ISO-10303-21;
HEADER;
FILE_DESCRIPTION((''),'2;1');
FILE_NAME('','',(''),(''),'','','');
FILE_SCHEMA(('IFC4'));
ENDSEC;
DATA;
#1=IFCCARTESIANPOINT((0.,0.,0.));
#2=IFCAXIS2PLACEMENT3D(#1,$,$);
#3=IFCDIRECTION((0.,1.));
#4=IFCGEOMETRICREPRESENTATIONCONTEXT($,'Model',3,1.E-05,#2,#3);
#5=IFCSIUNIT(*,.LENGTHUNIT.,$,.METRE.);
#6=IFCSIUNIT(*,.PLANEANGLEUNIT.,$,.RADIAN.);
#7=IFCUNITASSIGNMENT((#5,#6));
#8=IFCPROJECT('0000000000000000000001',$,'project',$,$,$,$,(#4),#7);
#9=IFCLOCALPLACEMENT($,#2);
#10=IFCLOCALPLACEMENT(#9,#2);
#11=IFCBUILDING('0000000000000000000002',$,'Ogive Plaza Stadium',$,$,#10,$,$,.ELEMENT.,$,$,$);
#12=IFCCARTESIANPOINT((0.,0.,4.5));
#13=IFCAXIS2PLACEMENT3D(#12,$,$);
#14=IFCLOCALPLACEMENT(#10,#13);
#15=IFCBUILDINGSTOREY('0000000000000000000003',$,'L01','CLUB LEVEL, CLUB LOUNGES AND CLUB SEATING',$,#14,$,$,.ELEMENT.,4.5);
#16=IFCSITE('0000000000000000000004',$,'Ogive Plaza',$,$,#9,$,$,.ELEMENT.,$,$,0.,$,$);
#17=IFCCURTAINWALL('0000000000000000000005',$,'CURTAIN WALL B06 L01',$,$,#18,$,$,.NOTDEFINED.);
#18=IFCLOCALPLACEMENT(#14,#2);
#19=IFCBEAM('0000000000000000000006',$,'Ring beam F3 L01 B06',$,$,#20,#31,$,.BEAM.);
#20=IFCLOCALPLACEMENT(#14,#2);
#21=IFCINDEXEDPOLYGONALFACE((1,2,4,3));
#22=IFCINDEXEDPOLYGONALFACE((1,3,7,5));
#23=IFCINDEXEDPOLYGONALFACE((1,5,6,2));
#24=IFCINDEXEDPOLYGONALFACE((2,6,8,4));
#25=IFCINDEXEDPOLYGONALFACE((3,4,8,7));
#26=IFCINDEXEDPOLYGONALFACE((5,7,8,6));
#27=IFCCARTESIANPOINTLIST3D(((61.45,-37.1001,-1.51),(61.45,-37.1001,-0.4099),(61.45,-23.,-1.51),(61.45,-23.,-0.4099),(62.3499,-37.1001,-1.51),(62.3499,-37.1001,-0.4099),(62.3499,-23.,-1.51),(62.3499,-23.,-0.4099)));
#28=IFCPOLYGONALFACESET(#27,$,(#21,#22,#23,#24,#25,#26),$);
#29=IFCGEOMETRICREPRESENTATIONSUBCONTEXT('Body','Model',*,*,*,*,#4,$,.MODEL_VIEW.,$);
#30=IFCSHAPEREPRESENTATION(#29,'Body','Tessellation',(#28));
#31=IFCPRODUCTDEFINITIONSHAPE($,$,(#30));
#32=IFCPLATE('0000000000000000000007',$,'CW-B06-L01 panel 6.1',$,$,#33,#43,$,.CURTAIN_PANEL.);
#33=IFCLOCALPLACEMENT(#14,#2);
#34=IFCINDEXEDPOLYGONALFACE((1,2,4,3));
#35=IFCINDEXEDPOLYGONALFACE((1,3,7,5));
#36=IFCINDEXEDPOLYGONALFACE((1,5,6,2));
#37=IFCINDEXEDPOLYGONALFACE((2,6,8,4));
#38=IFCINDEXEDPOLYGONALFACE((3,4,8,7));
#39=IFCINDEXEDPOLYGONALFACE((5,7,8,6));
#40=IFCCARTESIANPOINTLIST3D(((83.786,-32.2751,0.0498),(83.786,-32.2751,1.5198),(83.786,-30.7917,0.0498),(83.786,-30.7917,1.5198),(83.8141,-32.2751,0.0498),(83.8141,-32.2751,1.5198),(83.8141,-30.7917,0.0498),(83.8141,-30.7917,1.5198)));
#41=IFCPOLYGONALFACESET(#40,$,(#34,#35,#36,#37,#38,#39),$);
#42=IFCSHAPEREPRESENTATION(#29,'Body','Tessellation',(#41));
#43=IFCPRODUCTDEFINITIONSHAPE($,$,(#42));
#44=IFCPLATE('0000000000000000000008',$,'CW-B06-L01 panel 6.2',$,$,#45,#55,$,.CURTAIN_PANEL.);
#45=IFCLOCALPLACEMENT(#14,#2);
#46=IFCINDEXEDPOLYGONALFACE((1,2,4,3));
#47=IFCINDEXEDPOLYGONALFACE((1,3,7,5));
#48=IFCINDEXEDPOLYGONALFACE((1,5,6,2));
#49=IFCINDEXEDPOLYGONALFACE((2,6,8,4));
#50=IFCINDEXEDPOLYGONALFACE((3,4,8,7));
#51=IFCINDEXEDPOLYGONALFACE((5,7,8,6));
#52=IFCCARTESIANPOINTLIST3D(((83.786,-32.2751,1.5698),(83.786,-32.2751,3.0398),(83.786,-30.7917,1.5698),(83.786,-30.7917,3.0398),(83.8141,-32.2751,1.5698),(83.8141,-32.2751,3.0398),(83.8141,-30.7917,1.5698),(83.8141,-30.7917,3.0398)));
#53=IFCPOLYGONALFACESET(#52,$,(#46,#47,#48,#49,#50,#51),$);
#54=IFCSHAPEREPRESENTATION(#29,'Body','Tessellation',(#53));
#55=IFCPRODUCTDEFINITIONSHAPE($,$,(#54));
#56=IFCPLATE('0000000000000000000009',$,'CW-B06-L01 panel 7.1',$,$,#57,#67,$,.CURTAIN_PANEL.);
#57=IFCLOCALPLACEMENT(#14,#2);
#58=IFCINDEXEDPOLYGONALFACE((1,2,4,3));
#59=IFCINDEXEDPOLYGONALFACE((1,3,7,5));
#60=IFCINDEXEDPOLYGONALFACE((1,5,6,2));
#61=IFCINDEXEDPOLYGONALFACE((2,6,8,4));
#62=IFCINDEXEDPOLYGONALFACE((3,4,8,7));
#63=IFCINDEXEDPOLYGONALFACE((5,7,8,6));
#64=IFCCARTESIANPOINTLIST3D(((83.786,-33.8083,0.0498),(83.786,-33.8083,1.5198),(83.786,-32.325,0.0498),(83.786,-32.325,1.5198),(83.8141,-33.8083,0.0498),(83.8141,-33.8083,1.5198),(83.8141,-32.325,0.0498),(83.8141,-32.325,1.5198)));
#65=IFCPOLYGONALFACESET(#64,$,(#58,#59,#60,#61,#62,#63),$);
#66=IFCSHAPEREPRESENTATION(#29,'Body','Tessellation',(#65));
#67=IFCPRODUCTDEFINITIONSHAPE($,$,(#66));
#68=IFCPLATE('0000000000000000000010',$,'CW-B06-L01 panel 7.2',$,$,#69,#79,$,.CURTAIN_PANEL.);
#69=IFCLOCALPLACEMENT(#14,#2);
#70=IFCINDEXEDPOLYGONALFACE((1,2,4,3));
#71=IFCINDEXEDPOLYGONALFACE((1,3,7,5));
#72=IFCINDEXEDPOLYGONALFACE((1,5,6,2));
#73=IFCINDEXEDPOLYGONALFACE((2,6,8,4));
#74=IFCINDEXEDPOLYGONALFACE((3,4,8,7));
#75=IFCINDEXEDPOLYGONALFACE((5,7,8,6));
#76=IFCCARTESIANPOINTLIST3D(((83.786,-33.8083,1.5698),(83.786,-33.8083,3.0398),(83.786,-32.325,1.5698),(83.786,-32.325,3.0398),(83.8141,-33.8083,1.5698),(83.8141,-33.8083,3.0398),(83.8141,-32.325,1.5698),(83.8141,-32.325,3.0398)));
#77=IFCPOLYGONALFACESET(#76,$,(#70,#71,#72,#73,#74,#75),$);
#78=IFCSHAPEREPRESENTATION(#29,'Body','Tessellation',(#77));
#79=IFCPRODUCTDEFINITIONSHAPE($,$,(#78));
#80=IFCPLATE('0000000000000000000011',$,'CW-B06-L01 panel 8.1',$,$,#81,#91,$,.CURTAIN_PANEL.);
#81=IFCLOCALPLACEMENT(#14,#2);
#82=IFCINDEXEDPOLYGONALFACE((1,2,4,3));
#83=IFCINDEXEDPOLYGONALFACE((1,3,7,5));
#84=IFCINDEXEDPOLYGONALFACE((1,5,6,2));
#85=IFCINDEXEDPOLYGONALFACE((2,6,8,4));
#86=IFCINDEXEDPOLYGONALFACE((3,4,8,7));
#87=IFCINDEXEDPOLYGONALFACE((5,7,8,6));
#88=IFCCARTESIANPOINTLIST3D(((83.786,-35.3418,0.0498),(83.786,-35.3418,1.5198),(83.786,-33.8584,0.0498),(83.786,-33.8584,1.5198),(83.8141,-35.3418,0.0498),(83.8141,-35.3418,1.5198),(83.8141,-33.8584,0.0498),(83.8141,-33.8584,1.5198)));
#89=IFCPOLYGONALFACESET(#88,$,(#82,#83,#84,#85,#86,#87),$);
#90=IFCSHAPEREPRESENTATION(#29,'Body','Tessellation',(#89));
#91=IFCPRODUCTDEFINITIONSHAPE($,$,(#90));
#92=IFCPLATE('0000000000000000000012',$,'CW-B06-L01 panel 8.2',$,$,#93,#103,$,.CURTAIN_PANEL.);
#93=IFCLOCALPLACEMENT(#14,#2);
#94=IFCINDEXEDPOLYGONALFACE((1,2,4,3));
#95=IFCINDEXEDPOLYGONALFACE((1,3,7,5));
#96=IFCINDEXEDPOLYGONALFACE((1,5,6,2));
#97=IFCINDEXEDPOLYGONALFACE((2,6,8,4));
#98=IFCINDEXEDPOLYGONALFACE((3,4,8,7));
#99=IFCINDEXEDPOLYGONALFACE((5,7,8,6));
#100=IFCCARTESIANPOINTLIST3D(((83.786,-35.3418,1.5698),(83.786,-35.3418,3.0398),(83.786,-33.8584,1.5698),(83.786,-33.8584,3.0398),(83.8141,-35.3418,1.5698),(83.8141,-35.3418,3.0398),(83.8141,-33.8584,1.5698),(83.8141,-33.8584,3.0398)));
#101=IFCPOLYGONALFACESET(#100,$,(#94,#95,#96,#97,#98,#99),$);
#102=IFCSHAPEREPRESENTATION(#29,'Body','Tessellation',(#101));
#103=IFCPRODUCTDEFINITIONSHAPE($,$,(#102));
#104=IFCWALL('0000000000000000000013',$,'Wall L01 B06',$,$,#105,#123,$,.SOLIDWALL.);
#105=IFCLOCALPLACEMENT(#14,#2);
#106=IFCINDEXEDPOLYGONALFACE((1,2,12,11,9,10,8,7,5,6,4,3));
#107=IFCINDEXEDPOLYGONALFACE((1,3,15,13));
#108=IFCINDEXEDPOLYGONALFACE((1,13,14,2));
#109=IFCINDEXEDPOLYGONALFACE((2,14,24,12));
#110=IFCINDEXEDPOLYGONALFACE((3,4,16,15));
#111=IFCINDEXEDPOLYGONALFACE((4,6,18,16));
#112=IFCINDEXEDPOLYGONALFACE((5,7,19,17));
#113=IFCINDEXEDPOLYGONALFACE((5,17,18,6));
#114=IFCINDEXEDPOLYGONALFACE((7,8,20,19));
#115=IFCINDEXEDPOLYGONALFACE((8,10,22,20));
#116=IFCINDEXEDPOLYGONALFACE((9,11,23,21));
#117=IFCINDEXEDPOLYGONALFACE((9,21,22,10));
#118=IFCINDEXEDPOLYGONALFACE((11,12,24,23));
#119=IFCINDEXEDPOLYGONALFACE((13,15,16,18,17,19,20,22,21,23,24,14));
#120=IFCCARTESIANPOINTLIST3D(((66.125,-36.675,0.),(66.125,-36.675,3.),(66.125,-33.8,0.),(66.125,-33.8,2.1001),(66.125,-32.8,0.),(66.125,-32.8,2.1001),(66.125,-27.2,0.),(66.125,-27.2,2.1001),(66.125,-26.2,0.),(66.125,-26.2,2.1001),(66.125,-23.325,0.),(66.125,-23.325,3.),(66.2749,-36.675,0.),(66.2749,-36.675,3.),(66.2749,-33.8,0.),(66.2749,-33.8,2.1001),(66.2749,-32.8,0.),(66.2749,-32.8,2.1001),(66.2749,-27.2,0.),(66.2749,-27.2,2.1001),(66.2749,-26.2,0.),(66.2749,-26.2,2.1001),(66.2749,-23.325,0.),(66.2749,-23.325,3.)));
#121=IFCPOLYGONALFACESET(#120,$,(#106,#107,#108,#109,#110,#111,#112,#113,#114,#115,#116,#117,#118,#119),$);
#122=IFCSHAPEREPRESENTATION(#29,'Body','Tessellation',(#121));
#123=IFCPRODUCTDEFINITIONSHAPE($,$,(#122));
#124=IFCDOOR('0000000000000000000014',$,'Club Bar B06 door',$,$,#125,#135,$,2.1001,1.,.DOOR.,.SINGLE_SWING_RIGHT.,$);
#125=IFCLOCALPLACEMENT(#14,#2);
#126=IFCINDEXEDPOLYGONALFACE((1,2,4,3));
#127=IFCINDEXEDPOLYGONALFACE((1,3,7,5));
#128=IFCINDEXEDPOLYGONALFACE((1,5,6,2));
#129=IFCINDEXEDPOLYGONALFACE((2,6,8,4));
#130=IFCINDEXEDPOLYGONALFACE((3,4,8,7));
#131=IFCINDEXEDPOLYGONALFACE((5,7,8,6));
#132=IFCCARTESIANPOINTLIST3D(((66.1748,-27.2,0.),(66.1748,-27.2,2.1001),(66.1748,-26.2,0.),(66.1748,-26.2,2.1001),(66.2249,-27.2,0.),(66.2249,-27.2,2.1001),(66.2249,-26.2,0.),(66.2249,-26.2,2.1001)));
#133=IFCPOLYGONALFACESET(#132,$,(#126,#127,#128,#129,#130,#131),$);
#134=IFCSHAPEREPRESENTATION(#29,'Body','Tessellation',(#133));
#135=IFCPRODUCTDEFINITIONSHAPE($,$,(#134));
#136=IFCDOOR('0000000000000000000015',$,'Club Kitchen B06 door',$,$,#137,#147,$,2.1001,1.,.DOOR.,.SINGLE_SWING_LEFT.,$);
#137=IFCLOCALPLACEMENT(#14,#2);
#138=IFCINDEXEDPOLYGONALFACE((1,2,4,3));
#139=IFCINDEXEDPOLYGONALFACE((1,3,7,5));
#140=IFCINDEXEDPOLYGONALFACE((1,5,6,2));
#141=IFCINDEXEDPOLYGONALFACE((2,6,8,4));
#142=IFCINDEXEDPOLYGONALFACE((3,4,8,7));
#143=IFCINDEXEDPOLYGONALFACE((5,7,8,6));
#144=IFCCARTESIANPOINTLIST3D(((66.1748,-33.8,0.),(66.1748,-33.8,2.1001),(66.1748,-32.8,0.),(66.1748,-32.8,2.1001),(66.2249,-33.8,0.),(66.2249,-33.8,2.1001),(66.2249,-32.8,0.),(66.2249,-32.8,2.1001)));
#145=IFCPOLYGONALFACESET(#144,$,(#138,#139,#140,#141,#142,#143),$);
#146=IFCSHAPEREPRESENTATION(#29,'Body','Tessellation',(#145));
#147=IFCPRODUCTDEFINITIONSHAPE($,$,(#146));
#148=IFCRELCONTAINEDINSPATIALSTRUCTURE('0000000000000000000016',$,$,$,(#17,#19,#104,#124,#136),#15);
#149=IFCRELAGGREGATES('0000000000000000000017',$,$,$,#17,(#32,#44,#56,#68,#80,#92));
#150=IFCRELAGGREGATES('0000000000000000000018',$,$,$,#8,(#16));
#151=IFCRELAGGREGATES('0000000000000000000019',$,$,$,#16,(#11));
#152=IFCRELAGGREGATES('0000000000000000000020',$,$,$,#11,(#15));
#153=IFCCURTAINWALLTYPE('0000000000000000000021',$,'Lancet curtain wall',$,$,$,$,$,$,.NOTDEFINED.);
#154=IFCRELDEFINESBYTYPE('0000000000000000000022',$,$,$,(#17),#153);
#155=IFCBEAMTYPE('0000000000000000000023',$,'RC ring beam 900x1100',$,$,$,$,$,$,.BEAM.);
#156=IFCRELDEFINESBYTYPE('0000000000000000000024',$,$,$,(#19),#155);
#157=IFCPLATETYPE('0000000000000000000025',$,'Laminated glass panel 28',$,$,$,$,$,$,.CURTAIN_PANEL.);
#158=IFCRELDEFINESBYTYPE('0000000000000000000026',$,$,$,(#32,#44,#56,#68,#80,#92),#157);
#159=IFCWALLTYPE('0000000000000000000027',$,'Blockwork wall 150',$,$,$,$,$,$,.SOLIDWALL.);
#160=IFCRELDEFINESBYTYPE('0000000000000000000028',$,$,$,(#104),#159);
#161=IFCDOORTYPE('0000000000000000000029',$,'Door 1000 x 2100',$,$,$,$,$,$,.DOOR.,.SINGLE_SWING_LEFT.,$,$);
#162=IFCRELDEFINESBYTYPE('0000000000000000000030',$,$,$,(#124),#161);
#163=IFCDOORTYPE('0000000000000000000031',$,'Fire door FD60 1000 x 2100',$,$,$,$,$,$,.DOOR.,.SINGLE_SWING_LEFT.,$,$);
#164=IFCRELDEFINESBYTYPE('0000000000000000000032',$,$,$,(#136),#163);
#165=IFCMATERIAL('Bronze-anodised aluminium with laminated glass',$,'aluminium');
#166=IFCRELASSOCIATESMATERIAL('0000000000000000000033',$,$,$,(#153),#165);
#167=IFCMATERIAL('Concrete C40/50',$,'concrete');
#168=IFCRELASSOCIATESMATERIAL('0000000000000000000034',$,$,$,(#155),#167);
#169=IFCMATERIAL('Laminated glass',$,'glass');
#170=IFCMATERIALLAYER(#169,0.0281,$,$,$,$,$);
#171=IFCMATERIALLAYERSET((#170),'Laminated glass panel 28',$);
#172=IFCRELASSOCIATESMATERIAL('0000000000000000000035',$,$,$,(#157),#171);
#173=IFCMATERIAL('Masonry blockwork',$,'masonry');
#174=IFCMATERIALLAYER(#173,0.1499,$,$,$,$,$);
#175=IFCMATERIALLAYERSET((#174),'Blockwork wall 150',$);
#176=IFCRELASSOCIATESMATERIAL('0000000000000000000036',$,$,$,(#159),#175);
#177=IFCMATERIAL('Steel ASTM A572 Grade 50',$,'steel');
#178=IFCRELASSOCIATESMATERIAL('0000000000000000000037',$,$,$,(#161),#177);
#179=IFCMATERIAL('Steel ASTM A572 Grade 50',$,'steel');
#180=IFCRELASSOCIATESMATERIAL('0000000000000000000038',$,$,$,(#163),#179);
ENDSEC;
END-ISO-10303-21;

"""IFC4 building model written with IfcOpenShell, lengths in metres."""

from ifc_helpers import new_model, si_unit, direction, frame, frame_2d, origin, origin_2d, place, context, subcontext, project, spatial, rectangle, extrude, material, layer, layer_set, material_profile, profile_set, type_object, element, fill, aggregate, save


model = new_model("IFC4")

# Units and contexts
model_context = context("Model", 3, precision=1e-05, world=origin(), true_north=direction((0.0, 1.0)))
body_context = subcontext(model_context, "Body", "Model", "MODEL_VIEW")
ifc_project = project(units=[si_unit("LENGTHUNIT", "METRE"), si_unit("PLANEANGLEUNIT", "RADIAN")], contexts=[model_context])

# Site, building, storey
site_placement = place(None, origin())
site = spatial("IfcSite", under=ifc_project, at=site_placement, Name="Ogive Plaza", CompositionType="ELEMENT", RefElevation=0.0)
building_placement = place(site_placement, origin())
building = spatial("IfcBuilding", under=site, at=building_placement, Name="Ogive Plaza Stadium", CompositionType="ELEMENT")
storey_placement = place(building_placement, frame((0.0, 0.0, 4.5)))
storey = spatial("IfcBuildingStorey", under=building, at=storey_placement, Name="L01", Description="CLUB LEVEL, CLUB LOUNGES AND CLUB SEATING", CompositionType="ELEMENT", Elevation=4.5)

# Curtain wall
ifc_material_1 = material(Name="Bronze-anodised aluminium with laminated glass", Category="aluminium")
curtain_wall_type = type_object("IfcCurtainWallType", Name="Lancet curtain wall", PredefinedType="NOTDEFINED", material=ifc_material_1)
curtain_wall_placement = place(storey_placement, origin())
curtain_wall = element("IfcCurtainWall", 1, at=curtain_wall_placement, inside=storey, type_object=curtain_wall_type, Name="CURTAIN WALL B06 L01", PredefinedType="NOTDEFINED")

# Beam
ifc_material_2 = material(Name="Concrete C40/50", Category="concrete")
ifc_material_profile_1 = material_profile(ifc_material_2, rectangle(XDim=0.8999, YDim=1.1001, at=origin_2d()), Name="RC 900x1100")
ifc_profile_set_1 = profile_set([ifc_material_profile_1], Name="Concrete C40/50")
beam_type = type_object("IfcBeamType", Name="RC ring beam 900x1100", PredefinedType="BEAM", material=ifc_profile_set_1)
beam_1_placement = place(storey_placement, frame((61.8999, -23.0, -0.96), z_axis=(0.0, -1.0, 0.0), x_axis=(1.0, 0.0, 0.0)))
element("IfcBeam", 2, at=beam_1_placement, inside=storey, type_object=beam_type, Name="Ring beam F3 L01 B06", PredefinedType="BEAM", context=body_context, shape_type="SweptSolid", body=[
    extrude(rectangle(XDim=0.8999, YDim=1.1001, at=origin_2d()), origin(), (0.0, 0.0, 1.0), 14.1001),
])

# Plates
ifc_material_3 = material(Name="Laminated glass", Category="glass")
ifc_layer_1 = layer(ifc_material_3, 0.0281)
ifc_layer_set_1 = layer_set([ifc_layer_1], Name="Laminated glass panel 28")
plate_type = type_object("IfcPlateType", Name="Laminated glass panel 28", PredefinedType="CURTAIN_PANEL", material=ifc_layer_set_1)
plate_1_placement = place(storey_placement, frame((83.8, -31.5334, 0.0498), z_axis=(0.0, 0.0, 1.0), x_axis=(0.0, -1.0, 0.0)))
plate_1 = element("IfcPlate", 3, at=plate_1_placement, type_object=plate_type, Name="CW-B06-L01 panel 6.1", PredefinedType="CURTAIN_PANEL", context=body_context, shape_type="SweptSolid", body=[
    extrude(rectangle(XDim=1.4834, YDim=0.0281, at=origin_2d()), origin(), (0.0, 0.0, 1.0), 1.47),
])
plate_2_placement = place(storey_placement, frame((83.8, -31.5334, 1.5698), z_axis=(0.0, 0.0, 1.0), x_axis=(0.0, -1.0, 0.0)))
plate_2 = element("IfcPlate", 4, at=plate_2_placement, type_object=plate_type, Name="CW-B06-L01 panel 6.2", PredefinedType="CURTAIN_PANEL", context=body_context, shape_type="SweptSolid", body=[
    extrude(rectangle(XDim=1.4834, YDim=0.0281, at=origin_2d()), origin(), (0.0, 0.0, 1.0), 1.47),
])
plate_3_placement = place(storey_placement, frame((83.8, -33.0667, 0.0498), z_axis=(0.0, 0.0, 1.0), x_axis=(0.0, -1.0, 0.0)))
plate_3 = element("IfcPlate", 5, at=plate_3_placement, type_object=plate_type, Name="CW-B06-L01 panel 7.1", PredefinedType="CURTAIN_PANEL", context=body_context, shape_type="SweptSolid", body=[
    extrude(rectangle(XDim=1.4834, YDim=0.0281, at=origin_2d()), origin(), (0.0, 0.0, 1.0), 1.47),
])
plate_4_placement = place(storey_placement, frame((83.8, -33.0667, 1.5698), z_axis=(0.0, 0.0, 1.0), x_axis=(0.0, -1.0, 0.0)))
plate_4 = element("IfcPlate", 6, at=plate_4_placement, type_object=plate_type, Name="CW-B06-L01 panel 7.2", PredefinedType="CURTAIN_PANEL", context=body_context, shape_type="SweptSolid", body=[
    extrude(rectangle(XDim=1.4834, YDim=0.0281, at=origin_2d()), origin(), (0.0, 0.0, 1.0), 1.47),
])
plate_5_placement = place(storey_placement, frame((83.8, -34.6001, 0.0498), z_axis=(0.0, 0.0, 1.0), x_axis=(0.0, -1.0, 0.0)))
plate_5 = element("IfcPlate", 7, at=plate_5_placement, type_object=plate_type, Name="CW-B06-L01 panel 8.1", PredefinedType="CURTAIN_PANEL", context=body_context, shape_type="SweptSolid", body=[
    extrude(rectangle(XDim=1.4834, YDim=0.0281, at=origin_2d()), origin(), (0.0, 0.0, 1.0), 1.47),
])
plate_6_placement = place(storey_placement, frame((83.8, -34.6001, 1.5698), z_axis=(0.0, 0.0, 1.0), x_axis=(0.0, -1.0, 0.0)))
plate_6 = element("IfcPlate", 8, at=plate_6_placement, type_object=plate_type, Name="CW-B06-L01 panel 8.2", PredefinedType="CURTAIN_PANEL", context=body_context, shape_type="SweptSolid", body=[
    extrude(rectangle(XDim=1.4834, YDim=0.0281, at=origin_2d()), origin(), (0.0, 0.0, 1.0), 1.47),
])
aggregate(curtain_wall, [plate_1, plate_2, plate_3, plate_4, plate_5, plate_6])

# Wall, openings, doors
ifc_material_4 = material(Name="Masonry blockwork", Category="masonry")
ifc_layer_2 = layer(ifc_material_4, 0.1499)
ifc_layer_set_2 = layer_set([ifc_layer_2], Name="Blockwork wall 150")
wall_type_1 = type_object("IfcWallType", Name="Blockwork wall 150", PredefinedType="SOLIDWALL", material=ifc_layer_set_2)
wall_1_placement = place(storey_placement, frame((66.2, -23.325, 0.0), z_axis=(0.0, 0.0, 1.0), x_axis=(0.0, -1.0, 0.0)))
wall_1 = element("IfcWall", 9, at=wall_1_placement, inside=storey, type_object=wall_type_1, Name="Wall L01 B06", PredefinedType="SOLIDWALL", context=body_context, shape_type="SweptSolid", body=[
    extrude(rectangle(XDim=13.3501, YDim=0.1499, at=frame_2d((6.675, 0.0))), origin(), (0.0, 0.0, 1.0), 3.0),
])
opening_1_placement = place(wall_1_placement, frame((2.875, 0.0, 0.0)))
opening_1 = element("IfcOpeningElement", 10, at=opening_1_placement, cuts=wall_1, PredefinedType="OPENING", context=body_context, shape_type="SweptSolid", body=[
    extrude(rectangle(XDim=1.0, YDim=2.1001, at=frame_2d((0.5, 1.05))), frame((0.0, 0.075, 0.0), z_axis=(0.0, -1.0, 0.0), x_axis=(1.0, 0.0, 0.0)), (0.0, 0.0, 1.0), 0.1499),
])
opening_2_placement = place(wall_1_placement, frame((9.4751, 0.0, 0.0)))
opening_2 = element("IfcOpeningElement", 11, at=opening_2_placement, cuts=wall_1, PredefinedType="OPENING", context=body_context, shape_type="SweptSolid", body=[
    extrude(rectangle(XDim=1.0, YDim=2.1001, at=frame_2d((0.5, 1.05))), frame((0.0, 0.075, 0.0), z_axis=(0.0, -1.0, 0.0), x_axis=(1.0, 0.0, 0.0)), (0.0, 0.0, 1.0), 0.1499),
])
ifc_material_5 = material(Name="Steel ASTM A572 Grade 50", Category="steel")
door_type_1 = type_object("IfcDoorType", Name="Door 1000 x 2100", OperationType="SINGLE_SWING_LEFT", PredefinedType="DOOR", material=ifc_material_5)
door_1_placement = place(opening_1_placement, origin())
door_1 = element("IfcDoor", 12, at=door_1_placement, inside=storey, type_object=door_type_1, Name="Club Bar B06 door", OperationType="SINGLE_SWING_RIGHT", OverallHeight=2.1001, OverallWidth=1.0, PredefinedType="DOOR", context=body_context, shape_type="SweptSolid", body=[
    extrude(rectangle(XDim=1.0, YDim=2.1001, at=frame_2d((0.5, 1.05))), frame((0.0, 0.0249, 0.0), z_axis=(0.0, -1.0, 0.0), x_axis=(1.0, 0.0, 0.0)), (0.0, 0.0, 1.0), 0.05),
])
fill(opening_1, door_1)
ifc_material_6 = material(Name="Steel ASTM A572 Grade 50", Category="steel")
door_type_2 = type_object("IfcDoorType", Name="Fire door FD60 1000 x 2100", OperationType="SINGLE_SWING_LEFT", PredefinedType="DOOR", material=ifc_material_6)
door_2_placement = place(opening_2_placement, origin())
door_2 = element("IfcDoor", 13, at=door_2_placement, inside=storey, type_object=door_type_2, Name="Club Kitchen B06 door", OperationType="SINGLE_SWING_LEFT", OverallHeight=2.1001, OverallWidth=1.0, PredefinedType="DOOR", context=body_context, shape_type="SweptSolid", body=[
    extrude(rectangle(XDim=1.0, YDim=2.1001, at=frame_2d((0.5, 1.05))), frame((0.0, 0.0249, 0.0), z_axis=(0.0, -1.0, 0.0), x_axis=(1.0, 0.0, 0.0)), (0.0, 0.0, 1.0), 0.05),
])
fill(opening_2, door_2)

save(model, "model.ifc")
